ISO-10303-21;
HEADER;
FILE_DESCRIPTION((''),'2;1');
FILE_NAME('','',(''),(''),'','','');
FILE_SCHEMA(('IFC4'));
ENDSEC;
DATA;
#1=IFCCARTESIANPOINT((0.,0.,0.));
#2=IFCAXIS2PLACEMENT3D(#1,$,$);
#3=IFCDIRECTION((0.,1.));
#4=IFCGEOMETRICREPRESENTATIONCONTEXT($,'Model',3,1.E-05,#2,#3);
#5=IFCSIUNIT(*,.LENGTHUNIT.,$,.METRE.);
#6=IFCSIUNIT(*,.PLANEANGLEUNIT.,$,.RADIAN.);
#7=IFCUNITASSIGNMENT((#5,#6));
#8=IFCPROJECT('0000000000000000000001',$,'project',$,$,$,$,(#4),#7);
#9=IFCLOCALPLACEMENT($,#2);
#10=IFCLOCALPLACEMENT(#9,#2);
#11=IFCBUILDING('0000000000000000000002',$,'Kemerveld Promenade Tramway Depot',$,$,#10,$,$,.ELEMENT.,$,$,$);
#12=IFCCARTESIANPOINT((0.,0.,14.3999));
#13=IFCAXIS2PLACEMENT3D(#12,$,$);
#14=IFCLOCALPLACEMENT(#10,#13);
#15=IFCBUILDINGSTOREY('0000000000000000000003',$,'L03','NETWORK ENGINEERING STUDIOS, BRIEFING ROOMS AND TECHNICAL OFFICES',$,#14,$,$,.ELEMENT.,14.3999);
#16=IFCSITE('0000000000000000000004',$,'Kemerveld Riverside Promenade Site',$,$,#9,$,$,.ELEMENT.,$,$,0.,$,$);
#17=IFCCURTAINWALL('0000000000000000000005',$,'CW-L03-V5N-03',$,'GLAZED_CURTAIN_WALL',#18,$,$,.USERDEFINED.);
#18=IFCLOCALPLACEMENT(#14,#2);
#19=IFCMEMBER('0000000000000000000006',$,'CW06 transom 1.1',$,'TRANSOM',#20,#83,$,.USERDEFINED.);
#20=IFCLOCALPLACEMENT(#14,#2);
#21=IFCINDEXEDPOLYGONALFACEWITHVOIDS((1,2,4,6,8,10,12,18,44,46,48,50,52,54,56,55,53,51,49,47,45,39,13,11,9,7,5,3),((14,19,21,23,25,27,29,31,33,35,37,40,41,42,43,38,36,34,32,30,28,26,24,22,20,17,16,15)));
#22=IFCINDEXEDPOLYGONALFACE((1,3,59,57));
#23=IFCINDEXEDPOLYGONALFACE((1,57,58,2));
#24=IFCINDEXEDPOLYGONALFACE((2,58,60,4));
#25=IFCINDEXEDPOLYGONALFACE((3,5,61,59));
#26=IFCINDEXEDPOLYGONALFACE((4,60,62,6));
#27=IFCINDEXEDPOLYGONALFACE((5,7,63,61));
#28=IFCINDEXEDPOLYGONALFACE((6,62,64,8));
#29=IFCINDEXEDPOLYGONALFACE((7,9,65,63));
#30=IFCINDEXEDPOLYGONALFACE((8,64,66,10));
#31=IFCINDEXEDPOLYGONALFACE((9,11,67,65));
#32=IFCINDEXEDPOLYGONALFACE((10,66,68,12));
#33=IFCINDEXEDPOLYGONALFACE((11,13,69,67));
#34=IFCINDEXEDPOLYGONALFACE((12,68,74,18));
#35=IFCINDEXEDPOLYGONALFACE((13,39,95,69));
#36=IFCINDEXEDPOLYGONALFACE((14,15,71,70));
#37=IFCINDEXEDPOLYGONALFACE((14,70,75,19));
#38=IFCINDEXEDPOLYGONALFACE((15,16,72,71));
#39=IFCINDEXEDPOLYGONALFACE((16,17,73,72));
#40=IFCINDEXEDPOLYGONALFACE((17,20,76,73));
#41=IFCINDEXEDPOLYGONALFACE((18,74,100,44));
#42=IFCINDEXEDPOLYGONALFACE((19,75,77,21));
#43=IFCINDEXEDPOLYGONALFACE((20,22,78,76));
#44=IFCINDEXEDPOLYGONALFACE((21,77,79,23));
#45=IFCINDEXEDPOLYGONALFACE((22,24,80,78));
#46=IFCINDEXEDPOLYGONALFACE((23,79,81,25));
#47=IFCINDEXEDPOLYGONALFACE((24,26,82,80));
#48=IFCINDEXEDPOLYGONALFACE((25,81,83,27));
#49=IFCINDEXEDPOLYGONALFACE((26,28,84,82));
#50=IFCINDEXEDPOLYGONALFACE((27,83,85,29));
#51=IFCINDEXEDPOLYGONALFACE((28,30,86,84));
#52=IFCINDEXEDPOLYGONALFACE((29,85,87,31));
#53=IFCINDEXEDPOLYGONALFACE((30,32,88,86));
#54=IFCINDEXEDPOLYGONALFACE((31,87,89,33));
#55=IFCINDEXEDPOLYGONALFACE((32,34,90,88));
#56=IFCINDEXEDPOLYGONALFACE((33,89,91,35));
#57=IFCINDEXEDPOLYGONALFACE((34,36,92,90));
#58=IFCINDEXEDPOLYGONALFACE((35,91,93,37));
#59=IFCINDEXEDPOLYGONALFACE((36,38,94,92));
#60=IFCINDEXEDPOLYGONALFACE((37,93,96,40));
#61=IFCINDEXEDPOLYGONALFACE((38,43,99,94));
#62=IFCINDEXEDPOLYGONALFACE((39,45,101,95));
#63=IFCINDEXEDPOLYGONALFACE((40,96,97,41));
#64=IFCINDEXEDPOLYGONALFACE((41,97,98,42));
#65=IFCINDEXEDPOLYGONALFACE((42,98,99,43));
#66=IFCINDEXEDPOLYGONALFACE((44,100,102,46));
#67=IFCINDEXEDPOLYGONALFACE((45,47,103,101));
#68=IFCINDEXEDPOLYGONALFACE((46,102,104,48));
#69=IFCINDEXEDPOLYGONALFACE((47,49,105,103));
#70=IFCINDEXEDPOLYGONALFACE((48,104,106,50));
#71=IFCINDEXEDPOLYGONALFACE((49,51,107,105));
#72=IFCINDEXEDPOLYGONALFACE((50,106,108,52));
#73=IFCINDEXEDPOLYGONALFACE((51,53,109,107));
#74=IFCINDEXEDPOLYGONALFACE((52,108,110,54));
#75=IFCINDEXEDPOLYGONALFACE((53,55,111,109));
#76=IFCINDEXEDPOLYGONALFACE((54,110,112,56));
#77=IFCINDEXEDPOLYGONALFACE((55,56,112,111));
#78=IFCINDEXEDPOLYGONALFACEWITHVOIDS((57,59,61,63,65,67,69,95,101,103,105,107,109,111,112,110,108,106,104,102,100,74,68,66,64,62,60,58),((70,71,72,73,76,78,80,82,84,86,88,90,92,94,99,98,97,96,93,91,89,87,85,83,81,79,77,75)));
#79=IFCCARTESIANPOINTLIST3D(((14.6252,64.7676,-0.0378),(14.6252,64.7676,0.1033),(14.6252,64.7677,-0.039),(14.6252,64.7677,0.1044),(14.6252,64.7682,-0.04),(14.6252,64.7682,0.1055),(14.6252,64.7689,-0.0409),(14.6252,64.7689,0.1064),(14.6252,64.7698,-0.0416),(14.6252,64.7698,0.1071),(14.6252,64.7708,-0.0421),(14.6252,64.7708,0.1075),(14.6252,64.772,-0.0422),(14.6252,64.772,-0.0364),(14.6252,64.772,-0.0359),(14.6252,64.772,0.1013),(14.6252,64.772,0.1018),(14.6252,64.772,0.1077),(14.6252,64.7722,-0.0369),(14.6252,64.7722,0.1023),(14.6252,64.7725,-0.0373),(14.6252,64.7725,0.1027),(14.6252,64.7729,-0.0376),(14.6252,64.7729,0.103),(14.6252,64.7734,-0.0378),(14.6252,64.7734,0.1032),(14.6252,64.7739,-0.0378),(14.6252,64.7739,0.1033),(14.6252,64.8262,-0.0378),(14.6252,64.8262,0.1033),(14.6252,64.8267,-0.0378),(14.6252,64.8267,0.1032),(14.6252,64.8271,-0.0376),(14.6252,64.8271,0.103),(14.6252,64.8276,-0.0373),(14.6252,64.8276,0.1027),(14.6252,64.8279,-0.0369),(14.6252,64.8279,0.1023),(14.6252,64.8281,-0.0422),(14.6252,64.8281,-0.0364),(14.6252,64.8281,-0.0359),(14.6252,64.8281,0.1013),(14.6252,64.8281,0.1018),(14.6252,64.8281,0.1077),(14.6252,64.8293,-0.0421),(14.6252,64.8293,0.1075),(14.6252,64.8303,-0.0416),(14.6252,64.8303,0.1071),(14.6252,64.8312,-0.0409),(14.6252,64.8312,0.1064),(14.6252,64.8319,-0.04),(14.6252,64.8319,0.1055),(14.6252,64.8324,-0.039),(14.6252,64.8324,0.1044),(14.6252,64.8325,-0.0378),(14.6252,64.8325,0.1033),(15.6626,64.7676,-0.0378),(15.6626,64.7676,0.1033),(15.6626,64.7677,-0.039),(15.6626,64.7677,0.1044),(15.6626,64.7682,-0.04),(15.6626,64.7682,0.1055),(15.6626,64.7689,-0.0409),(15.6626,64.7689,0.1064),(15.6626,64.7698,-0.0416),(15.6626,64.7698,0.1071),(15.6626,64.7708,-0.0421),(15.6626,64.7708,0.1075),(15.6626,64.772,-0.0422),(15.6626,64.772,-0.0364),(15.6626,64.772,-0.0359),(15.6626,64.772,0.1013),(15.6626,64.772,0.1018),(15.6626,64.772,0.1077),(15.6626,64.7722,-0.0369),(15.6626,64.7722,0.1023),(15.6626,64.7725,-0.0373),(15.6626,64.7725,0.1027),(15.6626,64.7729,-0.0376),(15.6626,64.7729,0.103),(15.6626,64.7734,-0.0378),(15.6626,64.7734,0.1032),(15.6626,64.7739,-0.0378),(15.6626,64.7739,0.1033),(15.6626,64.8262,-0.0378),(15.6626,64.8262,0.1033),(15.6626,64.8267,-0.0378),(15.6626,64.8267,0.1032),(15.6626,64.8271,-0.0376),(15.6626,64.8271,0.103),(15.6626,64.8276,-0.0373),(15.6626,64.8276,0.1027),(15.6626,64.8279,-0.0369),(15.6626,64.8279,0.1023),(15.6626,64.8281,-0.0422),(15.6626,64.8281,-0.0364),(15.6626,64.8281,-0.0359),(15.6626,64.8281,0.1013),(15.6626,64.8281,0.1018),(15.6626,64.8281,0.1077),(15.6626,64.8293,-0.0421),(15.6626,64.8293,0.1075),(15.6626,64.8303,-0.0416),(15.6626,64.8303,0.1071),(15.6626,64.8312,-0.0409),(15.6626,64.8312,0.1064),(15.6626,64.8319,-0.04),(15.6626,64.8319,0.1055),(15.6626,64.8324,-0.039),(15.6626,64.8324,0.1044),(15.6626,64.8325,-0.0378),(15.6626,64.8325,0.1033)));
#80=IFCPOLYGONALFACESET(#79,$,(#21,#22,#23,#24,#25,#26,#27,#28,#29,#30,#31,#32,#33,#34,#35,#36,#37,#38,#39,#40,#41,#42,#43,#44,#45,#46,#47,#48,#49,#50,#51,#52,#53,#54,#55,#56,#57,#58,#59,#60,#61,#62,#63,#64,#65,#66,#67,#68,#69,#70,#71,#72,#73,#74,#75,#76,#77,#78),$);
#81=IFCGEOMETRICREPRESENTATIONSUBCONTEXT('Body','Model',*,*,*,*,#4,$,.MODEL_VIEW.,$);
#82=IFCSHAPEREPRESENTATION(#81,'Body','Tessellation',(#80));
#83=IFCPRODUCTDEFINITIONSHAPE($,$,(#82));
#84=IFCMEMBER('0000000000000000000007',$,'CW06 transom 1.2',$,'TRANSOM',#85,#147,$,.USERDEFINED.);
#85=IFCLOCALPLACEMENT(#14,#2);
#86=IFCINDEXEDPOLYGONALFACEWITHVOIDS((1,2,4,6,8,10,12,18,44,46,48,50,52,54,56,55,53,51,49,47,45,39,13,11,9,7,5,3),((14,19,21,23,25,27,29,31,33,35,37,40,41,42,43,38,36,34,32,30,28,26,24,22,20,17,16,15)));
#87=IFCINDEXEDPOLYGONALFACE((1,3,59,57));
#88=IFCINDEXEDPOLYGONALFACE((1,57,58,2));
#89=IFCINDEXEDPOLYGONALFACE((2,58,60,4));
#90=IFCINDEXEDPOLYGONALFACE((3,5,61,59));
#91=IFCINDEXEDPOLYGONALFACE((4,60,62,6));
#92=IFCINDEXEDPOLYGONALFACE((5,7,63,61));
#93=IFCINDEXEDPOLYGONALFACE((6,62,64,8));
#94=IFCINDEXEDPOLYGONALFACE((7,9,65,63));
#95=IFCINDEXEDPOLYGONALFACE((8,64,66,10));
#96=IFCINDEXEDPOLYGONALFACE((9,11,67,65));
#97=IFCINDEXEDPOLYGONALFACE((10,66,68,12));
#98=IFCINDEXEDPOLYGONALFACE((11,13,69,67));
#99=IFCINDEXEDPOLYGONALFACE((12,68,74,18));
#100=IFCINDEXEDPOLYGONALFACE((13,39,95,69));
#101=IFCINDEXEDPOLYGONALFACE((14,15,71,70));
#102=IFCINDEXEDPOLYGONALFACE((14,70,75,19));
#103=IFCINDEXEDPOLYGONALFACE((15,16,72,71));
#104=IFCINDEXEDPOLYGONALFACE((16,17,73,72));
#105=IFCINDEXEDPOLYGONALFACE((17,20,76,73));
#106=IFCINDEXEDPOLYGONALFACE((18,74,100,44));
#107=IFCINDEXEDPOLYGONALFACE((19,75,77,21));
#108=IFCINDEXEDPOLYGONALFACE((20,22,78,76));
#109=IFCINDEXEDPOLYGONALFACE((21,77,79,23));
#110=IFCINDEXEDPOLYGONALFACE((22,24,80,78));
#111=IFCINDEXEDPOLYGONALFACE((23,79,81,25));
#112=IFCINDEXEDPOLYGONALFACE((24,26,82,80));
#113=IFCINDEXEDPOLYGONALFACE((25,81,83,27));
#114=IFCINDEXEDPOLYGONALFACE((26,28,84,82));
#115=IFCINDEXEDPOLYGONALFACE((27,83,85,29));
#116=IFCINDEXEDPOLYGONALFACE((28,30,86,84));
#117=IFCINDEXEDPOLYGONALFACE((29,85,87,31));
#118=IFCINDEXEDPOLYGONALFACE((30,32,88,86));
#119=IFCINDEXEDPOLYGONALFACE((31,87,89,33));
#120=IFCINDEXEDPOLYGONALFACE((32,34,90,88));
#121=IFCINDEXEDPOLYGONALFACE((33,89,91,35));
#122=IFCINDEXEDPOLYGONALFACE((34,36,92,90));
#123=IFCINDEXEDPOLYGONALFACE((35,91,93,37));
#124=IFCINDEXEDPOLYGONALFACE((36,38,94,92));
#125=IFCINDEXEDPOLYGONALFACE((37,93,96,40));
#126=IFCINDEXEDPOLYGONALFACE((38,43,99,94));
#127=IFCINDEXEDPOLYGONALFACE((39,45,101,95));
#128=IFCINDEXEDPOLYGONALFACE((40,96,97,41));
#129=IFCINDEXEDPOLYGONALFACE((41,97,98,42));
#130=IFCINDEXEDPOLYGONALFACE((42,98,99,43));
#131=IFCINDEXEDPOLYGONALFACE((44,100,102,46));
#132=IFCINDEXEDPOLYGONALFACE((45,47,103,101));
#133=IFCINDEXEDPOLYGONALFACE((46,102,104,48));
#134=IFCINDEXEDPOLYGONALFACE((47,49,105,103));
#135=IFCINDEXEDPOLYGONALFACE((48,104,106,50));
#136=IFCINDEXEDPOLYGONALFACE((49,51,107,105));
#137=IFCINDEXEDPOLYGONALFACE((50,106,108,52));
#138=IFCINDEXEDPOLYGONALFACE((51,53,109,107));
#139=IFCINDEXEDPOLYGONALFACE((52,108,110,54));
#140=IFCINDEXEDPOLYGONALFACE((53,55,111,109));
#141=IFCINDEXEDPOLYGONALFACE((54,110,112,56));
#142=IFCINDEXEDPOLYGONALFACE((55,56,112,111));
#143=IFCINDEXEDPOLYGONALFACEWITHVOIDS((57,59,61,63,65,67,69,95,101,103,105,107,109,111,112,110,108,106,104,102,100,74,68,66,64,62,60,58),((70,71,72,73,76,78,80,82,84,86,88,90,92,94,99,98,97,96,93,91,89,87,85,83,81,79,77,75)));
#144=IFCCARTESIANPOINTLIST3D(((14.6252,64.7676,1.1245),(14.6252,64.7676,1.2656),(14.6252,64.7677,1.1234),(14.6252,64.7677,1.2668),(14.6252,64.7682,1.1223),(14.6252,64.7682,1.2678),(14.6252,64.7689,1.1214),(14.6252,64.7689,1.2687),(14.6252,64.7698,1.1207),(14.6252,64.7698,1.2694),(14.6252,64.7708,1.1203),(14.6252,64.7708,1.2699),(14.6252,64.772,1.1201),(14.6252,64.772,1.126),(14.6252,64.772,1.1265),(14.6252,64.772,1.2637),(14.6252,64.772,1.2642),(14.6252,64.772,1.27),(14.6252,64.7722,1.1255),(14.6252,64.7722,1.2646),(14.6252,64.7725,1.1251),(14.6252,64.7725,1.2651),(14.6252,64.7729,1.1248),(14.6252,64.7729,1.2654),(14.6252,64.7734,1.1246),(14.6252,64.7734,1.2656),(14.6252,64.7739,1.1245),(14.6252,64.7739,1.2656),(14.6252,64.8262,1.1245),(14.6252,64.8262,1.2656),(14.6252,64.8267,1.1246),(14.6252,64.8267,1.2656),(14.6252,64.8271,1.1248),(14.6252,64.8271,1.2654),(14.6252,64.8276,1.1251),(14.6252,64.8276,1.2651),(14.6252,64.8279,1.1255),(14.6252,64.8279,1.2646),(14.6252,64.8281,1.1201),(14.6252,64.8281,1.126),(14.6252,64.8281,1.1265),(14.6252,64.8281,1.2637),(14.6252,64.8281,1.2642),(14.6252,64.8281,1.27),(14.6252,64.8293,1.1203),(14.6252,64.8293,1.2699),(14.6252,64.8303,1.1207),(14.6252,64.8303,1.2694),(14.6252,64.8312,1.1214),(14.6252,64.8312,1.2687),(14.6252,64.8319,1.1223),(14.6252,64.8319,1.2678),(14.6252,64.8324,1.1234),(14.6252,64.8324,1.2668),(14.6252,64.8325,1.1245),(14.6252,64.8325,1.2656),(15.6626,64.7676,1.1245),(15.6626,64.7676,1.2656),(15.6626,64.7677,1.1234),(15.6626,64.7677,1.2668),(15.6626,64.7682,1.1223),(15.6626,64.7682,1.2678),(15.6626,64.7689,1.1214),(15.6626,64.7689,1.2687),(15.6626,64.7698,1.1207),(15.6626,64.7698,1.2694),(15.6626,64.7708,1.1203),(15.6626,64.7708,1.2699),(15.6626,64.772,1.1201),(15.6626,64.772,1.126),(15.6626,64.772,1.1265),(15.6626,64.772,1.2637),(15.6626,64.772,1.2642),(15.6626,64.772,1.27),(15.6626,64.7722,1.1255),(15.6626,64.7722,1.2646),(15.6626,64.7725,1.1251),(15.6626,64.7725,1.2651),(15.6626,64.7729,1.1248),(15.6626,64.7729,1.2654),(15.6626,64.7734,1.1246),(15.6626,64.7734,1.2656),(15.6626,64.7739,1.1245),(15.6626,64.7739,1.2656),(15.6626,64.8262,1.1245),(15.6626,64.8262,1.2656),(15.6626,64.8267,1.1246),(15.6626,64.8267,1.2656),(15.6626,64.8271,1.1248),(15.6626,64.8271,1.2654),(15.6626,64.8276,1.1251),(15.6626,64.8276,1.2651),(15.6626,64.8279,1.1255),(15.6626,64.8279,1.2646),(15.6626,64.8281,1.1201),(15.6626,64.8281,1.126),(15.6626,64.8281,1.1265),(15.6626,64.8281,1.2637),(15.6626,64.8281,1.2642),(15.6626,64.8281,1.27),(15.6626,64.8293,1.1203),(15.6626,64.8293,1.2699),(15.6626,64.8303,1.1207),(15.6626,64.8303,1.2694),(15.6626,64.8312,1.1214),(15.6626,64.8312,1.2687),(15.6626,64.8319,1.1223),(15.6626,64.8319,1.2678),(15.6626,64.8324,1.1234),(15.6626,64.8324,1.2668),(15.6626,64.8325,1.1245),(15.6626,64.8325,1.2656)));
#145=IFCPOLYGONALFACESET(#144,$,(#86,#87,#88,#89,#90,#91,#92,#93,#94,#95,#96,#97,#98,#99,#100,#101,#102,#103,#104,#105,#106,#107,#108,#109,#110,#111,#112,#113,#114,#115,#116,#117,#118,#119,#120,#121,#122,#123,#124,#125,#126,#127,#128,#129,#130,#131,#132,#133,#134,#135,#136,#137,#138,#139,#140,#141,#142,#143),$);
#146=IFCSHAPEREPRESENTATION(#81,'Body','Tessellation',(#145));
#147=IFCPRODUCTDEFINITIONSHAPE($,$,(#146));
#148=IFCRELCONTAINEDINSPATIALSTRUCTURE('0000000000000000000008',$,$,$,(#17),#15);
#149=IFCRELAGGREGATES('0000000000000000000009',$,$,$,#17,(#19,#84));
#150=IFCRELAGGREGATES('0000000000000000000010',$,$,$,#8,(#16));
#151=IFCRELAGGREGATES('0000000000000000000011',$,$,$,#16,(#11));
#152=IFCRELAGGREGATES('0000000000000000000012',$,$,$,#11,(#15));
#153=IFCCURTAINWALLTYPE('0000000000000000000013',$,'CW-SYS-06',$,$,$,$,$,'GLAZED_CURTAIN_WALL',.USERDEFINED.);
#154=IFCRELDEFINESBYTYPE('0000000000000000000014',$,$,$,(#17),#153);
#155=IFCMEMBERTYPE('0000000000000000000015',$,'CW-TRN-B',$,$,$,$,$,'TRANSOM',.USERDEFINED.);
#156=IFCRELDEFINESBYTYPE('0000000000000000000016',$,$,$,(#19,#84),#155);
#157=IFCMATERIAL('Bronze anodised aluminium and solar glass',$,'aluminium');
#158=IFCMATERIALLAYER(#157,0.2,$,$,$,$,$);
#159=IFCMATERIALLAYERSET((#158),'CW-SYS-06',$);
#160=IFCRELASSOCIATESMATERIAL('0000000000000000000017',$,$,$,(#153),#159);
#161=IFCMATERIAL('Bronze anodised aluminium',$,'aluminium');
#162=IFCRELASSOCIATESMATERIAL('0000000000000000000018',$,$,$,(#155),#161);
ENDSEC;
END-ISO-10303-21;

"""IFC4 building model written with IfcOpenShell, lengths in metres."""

from ifc_helpers import new_model, si_unit, direction, frame, origin, origin_2d, place, context, subcontext, project, spatial, hollow_rectangle, extrude, material, layer, layer_set, material_profile, profile_set, type_object, element, aggregate, save


model = new_model("IFC4")

# Units and contexts
model_context = context("Model", 3, precision=1e-05, world=origin(), true_north=direction((0.0, 1.0)))
body_context = subcontext(model_context, "Body", "Model", "MODEL_VIEW")
ifc_project = project(units=[si_unit("LENGTHUNIT", "METRE"), si_unit("PLANEANGLEUNIT", "RADIAN")], contexts=[model_context])

# Site, building, storey
site_placement = place(None, origin())
site = spatial("IfcSite", under=ifc_project, at=site_placement, Name="Kemerveld Riverside Promenade Site", CompositionType="ELEMENT", RefElevation=0.0)
building_placement = place(site_placement, origin())
building = spatial("IfcBuilding", under=site, at=building_placement, Name="Kemerveld Promenade Tramway Depot", CompositionType="ELEMENT")
storey_placement = place(building_placement, frame((0.0, 0.0, 14.3999)))
storey = spatial("IfcBuildingStorey", under=building, at=storey_placement, Name="L03", Description="NETWORK ENGINEERING STUDIOS, BRIEFING ROOMS AND TECHNICAL OFFICES", CompositionType="ELEMENT", Elevation=14.3999)

# Curtain wall, members
ifc_material_1 = material(Name="Bronze anodised aluminium and solar glass", Category="aluminium")
ifc_layer_1 = layer(ifc_material_1, 0.2)
ifc_layer_set_1 = layer_set([ifc_layer_1], Name="CW-SYS-06")
curtain_wall_type = type_object("IfcCurtainWallType", Name="CW-SYS-06", ElementType="GLAZED_CURTAIN_WALL", PredefinedType="USERDEFINED", material=ifc_layer_set_1)
curtain_wall_placement = place(storey_placement, origin())
curtain_wall = element("IfcCurtainWall", 1, at=curtain_wall_placement, inside=storey, type_object=curtain_wall_type, Name="CW-L03-V5N-03", ObjectType="GLAZED_CURTAIN_WALL", PredefinedType="USERDEFINED")
ifc_material_2 = material(Name="Bronze anodised aluminium", Category="aluminium")
ifc_material_profile_1 = material_profile(ifc_material_2, hollow_rectangle(XDim=0.0649, YDim=0.1499, WallThickness=0.0044, InnerFilletRadius=0.002, OuterFilletRadius=0.0044, at=origin_2d()), Name="CW-TRN-150x65")
ifc_profile_set_1 = profile_set([ifc_material_profile_1], Name="Bronze anodised aluminium")
member_type_1 = type_object("IfcMemberType", Name="CW-TRN-B", ElementType="TRANSOM", PredefinedType="USERDEFINED", material=ifc_profile_set_1)
member_1_placement = place(storey_placement, frame((14.6252, 64.8, 0.0327), z_axis=(1.0, 0.0, 0.0), x_axis=(0.0, 1.0, 0.0)))
member_1 = element("IfcMember", 2, at=member_1_placement, type_object=member_type_1, Name="CW06 transom 1.1", ObjectType="TRANSOM", PredefinedType="USERDEFINED", context=body_context, shape_type="SweptSolid", body=[
    extrude(hollow_rectangle(XDim=0.0649, YDim=0.1499, WallThickness=0.0044, InnerFilletRadius=0.002, OuterFilletRadius=0.0044, at=origin_2d()), origin(), (0.0, 0.0, 1.0), 1.0374),
])
member_2_placement = place(storey_placement, frame((14.6252, 64.8, 1.1951), z_axis=(1.0, 0.0, 0.0), x_axis=(0.0, 1.0, 0.0)))
member_2 = element("IfcMember", 3, at=member_2_placement, type_object=member_type_1, Name="CW06 transom 1.2", ObjectType="TRANSOM", PredefinedType="USERDEFINED", context=body_context, shape_type="SweptSolid", body=[
    extrude(hollow_rectangle(XDim=0.0649, YDim=0.1499, WallThickness=0.0044, InnerFilletRadius=0.002, OuterFilletRadius=0.0044, at=origin_2d()), origin(), (0.0, 0.0, 1.0), 1.0374),
])
aggregate(curtain_wall, [member_1, member_2])

save(model, "model.ifc")
